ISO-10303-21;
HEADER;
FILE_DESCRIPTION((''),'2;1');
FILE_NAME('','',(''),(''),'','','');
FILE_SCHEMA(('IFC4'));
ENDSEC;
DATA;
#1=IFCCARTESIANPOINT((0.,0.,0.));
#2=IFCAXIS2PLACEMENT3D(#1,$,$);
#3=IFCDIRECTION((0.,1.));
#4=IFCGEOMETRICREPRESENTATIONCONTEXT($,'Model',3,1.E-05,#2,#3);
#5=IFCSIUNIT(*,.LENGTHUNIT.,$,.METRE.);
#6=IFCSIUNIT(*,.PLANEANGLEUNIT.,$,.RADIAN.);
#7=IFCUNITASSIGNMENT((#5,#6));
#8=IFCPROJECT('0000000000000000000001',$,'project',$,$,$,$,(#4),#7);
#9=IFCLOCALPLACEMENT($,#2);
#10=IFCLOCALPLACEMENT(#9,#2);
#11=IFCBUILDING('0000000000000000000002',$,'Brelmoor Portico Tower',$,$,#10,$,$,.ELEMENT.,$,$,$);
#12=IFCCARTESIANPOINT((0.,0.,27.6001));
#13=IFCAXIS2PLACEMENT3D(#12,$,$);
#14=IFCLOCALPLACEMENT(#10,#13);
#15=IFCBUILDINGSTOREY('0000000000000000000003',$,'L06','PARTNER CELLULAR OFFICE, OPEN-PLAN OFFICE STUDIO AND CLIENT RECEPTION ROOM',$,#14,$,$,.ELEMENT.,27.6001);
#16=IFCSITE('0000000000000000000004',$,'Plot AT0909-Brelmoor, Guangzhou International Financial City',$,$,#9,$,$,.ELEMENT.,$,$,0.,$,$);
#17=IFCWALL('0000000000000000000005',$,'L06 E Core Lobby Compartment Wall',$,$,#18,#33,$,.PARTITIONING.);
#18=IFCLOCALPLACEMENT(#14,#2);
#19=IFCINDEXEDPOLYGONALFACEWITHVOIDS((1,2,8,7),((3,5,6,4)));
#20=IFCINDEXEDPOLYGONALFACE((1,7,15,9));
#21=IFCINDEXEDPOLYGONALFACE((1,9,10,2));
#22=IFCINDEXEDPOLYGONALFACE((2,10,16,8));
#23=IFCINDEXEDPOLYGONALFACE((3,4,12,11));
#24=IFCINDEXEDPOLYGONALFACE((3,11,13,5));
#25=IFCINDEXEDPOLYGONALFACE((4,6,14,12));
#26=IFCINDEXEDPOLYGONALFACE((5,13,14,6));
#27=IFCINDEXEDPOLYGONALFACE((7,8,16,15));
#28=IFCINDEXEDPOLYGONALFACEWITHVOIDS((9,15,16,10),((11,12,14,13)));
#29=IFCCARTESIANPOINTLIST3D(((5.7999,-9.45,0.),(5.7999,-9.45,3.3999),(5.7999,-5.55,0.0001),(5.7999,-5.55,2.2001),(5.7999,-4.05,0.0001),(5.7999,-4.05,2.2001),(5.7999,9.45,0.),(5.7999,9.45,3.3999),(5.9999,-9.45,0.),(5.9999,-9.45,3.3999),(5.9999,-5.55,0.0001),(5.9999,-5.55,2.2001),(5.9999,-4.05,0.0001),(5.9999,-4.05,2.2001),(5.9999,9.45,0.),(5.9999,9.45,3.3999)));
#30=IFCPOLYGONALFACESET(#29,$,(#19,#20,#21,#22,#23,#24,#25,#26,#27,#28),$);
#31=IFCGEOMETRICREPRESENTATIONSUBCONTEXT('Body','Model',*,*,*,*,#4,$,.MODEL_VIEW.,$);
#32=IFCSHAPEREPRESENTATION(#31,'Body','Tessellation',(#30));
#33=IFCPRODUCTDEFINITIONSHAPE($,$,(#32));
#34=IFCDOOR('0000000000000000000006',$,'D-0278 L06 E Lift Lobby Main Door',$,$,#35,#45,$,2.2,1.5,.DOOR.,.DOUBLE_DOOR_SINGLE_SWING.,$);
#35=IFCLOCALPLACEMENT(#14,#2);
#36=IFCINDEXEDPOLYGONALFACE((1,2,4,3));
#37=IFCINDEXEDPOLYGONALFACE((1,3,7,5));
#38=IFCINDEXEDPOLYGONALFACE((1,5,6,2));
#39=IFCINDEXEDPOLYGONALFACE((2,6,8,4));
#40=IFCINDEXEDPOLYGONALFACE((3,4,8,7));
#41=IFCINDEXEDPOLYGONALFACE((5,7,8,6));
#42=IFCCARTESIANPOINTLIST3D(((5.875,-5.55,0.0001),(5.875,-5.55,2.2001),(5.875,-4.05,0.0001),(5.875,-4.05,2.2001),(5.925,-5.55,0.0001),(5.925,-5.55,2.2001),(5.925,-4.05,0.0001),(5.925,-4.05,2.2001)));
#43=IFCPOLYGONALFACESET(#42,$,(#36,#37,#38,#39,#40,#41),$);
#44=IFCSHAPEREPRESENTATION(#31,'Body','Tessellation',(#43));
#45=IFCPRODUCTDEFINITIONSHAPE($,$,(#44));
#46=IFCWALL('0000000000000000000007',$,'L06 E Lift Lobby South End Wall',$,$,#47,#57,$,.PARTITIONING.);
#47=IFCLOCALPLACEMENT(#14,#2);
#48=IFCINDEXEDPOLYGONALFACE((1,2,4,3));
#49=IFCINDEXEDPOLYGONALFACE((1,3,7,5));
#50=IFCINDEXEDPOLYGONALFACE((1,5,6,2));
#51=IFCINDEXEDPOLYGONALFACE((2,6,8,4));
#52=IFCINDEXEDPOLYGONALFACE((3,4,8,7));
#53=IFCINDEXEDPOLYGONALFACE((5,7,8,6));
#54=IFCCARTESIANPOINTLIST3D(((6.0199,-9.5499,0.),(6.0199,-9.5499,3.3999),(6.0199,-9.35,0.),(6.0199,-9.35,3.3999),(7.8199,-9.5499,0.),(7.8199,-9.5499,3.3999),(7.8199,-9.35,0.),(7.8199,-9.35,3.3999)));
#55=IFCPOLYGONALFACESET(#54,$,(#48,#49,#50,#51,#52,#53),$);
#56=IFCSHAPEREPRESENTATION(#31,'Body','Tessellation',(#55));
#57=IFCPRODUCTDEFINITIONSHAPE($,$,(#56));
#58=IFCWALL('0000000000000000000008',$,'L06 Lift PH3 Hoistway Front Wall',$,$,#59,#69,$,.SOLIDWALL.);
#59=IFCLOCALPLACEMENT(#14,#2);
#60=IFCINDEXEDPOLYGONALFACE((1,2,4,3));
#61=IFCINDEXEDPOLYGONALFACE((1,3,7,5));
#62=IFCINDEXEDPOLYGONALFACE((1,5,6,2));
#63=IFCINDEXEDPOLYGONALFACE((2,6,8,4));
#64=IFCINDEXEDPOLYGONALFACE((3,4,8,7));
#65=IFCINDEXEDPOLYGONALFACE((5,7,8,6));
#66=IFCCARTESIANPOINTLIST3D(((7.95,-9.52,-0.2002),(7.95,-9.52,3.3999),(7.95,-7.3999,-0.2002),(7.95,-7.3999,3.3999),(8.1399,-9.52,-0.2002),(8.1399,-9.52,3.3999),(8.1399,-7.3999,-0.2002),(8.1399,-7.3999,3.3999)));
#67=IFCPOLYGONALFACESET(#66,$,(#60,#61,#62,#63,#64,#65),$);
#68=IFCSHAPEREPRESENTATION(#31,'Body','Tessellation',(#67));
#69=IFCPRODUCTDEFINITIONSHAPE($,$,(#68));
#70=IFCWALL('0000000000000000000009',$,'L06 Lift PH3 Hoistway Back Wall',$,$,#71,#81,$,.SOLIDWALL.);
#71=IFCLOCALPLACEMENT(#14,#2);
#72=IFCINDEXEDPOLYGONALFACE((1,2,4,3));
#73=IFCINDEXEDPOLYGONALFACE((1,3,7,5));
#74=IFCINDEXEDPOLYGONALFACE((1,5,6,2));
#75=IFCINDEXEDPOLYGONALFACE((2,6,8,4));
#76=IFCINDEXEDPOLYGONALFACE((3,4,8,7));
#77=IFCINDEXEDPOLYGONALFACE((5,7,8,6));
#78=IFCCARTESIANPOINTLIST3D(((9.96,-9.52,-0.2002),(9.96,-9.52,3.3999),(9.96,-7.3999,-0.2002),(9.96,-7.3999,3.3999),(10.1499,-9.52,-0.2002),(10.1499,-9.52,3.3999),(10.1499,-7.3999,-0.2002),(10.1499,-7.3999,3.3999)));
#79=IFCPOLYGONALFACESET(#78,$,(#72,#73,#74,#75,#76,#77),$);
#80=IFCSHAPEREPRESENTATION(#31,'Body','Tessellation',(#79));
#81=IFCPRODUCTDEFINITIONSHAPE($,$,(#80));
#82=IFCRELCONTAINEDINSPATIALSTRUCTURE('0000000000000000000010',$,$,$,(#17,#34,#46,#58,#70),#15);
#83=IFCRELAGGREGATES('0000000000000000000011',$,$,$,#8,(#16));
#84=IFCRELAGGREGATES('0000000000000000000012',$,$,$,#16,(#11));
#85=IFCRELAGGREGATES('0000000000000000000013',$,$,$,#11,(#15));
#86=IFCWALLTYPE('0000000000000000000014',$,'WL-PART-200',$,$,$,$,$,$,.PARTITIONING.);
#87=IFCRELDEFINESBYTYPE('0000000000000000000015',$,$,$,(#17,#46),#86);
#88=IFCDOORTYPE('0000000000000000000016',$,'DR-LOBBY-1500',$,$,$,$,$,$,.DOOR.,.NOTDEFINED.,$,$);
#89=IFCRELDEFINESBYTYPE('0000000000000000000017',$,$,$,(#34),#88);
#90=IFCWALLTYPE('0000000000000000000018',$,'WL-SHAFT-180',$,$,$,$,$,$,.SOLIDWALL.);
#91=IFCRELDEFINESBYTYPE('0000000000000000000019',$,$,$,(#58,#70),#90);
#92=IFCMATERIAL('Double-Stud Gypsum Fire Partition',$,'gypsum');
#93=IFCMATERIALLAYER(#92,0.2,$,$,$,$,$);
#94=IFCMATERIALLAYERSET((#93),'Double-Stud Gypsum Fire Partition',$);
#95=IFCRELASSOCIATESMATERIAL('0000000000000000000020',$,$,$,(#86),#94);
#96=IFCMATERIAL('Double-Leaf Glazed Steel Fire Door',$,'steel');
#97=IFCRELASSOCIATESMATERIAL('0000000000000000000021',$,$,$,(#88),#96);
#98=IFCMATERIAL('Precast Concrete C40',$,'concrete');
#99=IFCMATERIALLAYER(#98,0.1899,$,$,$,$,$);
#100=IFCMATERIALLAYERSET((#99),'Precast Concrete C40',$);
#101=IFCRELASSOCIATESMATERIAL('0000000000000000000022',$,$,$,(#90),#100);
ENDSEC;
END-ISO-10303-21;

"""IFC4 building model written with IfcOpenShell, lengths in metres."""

from ifc_helpers import new_model, si_unit, direction, frame, frame_2d, origin, place, context, subcontext, project, spatial, rectangle, extrude, material, layer, layer_set, type_object, element, fill, save


model = new_model("IFC4")

# Units and contexts
model_context = context("Model", 3, precision=1e-05, world=origin(), true_north=direction((0.0, 1.0)))
body_context = subcontext(model_context, "Body", "Model", "MODEL_VIEW")
ifc_project = project(units=[si_unit("LENGTHUNIT", "METRE"), si_unit("PLANEANGLEUNIT", "RADIAN")], contexts=[model_context])

# Site, building, storey
site_placement = place(None, origin())
site = spatial("IfcSite", under=ifc_project, at=site_placement, Name="Plot AT0909-Brelmoor, Guangzhou International Financial City", CompositionType="ELEMENT", RefElevation=0.0)
building_placement = place(site_placement, origin())
building = spatial("IfcBuilding", under=site, at=building_placement, Name="Brelmoor Portico Tower", CompositionType="ELEMENT")
storey_placement = place(building_placement, frame((0.0, 0.0, 27.6001)))
storey = spatial("IfcBuildingStorey", under=building, at=storey_placement, Name="L06", Description="PARTNER CELLULAR OFFICE, OPEN-PLAN OFFICE STUDIO AND CLIENT RECEPTION ROOM", CompositionType="ELEMENT", Elevation=27.6001)

# Wall, opening, door
ifc_material_1 = material(Name="Double-Stud Gypsum Fire Partition", Category="gypsum")
ifc_layer_1 = layer(ifc_material_1, 0.2)
ifc_layer_set_1 = layer_set([ifc_layer_1], Name="Double-Stud Gypsum Fire Partition")
wall_type_1 = type_object("IfcWallType", Name="WL-PART-200", PredefinedType="PARTITIONING", material=ifc_layer_set_1)
wall_1_placement = place(storey_placement, frame((5.8999, -9.45, 0.0), z_axis=(0.0, 0.0, 1.0), x_axis=(0.0, 1.0, 0.0)))
wall_1 = element("IfcWall", 1, at=wall_1_placement, inside=storey, type_object=wall_type_1, Name="L06 E Core Lobby Compartment Wall", PredefinedType="PARTITIONING", context=body_context, shape_type="SweptSolid", body=[
    extrude(rectangle(XDim=18.8999, YDim=0.2, at=frame_2d((9.45, 0.0))), origin(), (0.0, 0.0, 1.0), 3.3999),
])
opening_1_placement = place(wall_1_placement, frame((3.8999, 0.0, 0.0)))
opening_1 = element("IfcOpeningElement", 2, at=opening_1_placement, cuts=wall_1, PredefinedType="OPENING", context=body_context, shape_type="SweptSolid", body=[
    extrude(rectangle(XDim=1.5, YDim=2.2, at=frame_2d((0.75, 1.1001))), frame((0.0, 0.1099, 0.0), z_axis=(0.0, -1.0, 0.0), x_axis=(1.0, 0.0, 0.0)), (0.0, 0.0, 1.0), 0.22),
])
ifc_material_2 = material(Name="Double-Leaf Glazed Steel Fire Door", Category="steel")
door_type_1 = type_object("IfcDoorType", Name="DR-LOBBY-1500", OperationType="NOTDEFINED", PredefinedType="DOOR", material=ifc_material_2)
door_1_placement = place(opening_1_placement, origin())
door_1 = element("IfcDoor", 3, at=door_1_placement, inside=storey, type_object=door_type_1, Name="D-0278 L06 E Lift Lobby Main Door", OperationType="DOUBLE_DOOR_SINGLE_SWING", OverallHeight=2.2, OverallWidth=1.5, PredefinedType="DOOR", context=body_context, shape_type="SweptSolid", body=[
    extrude(rectangle(XDim=1.5, YDim=2.2, at=frame_2d((0.75, 1.1001))), frame((0.0, 0.0249, 0.0), z_axis=(0.0, -1.0, 0.0), x_axis=(1.0, 0.0, 0.0)), (0.0, 0.0, 1.0), 0.05),
])
fill(opening_1, door_1)

# Walls
wall_2_placement = place(storey_placement, frame((6.02, -9.45, 0.0), z_axis=(0.0, 0.0, 1.0), x_axis=(1.0, 0.0, 0.0)))
element("IfcWall", 4, at=wall_2_placement, inside=storey, type_object=wall_type_1, Name="L06 E Lift Lobby South End Wall", PredefinedType="PARTITIONING", context=body_context, shape_type="SweptSolid", body=[
    extrude(rectangle(XDim=1.8, YDim=0.2, at=frame_2d((0.8999, 0.0))), origin(), (0.0, 0.0, 1.0), 3.3999),
])
ifc_material_3 = material(Name="Precast Concrete C40", Category="concrete")
ifc_layer_2 = layer(ifc_material_3, 0.1899)
ifc_layer_set_2 = layer_set([ifc_layer_2], Name="Precast Concrete C40")
wall_type_2 = type_object("IfcWallType", Name="WL-SHAFT-180", PredefinedType="SOLIDWALL", material=ifc_layer_set_2)
for number, where, z_axis, x_axis, name in (
    (5, (8.0449, -9.52, -0.2002), (0.0, 0.0, 1.0), (0.0, 1.0, 0.0), "L06 Lift PH3 Hoistway Front Wall"),
    (6, (10.0549, -9.52, -0.2002), (0.0, 0.0, 1.0), (0.0, 1.0, 0.0), "L06 Lift PH3 Hoistway Back Wall"),
):
    element("IfcWall", number, at=place(storey_placement, frame(where, z_axis=z_axis, x_axis=x_axis)), inside=storey, type_object=wall_type_2, Name=name, PredefinedType="SOLIDWALL", context=body_context, shape_type="SweptSolid", body=[
        extrude(rectangle(XDim=2.1201, YDim=0.1899, at=frame_2d((1.0601, 0.0))), origin(), (0.0, 0.0, 1.0), 3.6001),
    ])

save(model, "model.ifc")
